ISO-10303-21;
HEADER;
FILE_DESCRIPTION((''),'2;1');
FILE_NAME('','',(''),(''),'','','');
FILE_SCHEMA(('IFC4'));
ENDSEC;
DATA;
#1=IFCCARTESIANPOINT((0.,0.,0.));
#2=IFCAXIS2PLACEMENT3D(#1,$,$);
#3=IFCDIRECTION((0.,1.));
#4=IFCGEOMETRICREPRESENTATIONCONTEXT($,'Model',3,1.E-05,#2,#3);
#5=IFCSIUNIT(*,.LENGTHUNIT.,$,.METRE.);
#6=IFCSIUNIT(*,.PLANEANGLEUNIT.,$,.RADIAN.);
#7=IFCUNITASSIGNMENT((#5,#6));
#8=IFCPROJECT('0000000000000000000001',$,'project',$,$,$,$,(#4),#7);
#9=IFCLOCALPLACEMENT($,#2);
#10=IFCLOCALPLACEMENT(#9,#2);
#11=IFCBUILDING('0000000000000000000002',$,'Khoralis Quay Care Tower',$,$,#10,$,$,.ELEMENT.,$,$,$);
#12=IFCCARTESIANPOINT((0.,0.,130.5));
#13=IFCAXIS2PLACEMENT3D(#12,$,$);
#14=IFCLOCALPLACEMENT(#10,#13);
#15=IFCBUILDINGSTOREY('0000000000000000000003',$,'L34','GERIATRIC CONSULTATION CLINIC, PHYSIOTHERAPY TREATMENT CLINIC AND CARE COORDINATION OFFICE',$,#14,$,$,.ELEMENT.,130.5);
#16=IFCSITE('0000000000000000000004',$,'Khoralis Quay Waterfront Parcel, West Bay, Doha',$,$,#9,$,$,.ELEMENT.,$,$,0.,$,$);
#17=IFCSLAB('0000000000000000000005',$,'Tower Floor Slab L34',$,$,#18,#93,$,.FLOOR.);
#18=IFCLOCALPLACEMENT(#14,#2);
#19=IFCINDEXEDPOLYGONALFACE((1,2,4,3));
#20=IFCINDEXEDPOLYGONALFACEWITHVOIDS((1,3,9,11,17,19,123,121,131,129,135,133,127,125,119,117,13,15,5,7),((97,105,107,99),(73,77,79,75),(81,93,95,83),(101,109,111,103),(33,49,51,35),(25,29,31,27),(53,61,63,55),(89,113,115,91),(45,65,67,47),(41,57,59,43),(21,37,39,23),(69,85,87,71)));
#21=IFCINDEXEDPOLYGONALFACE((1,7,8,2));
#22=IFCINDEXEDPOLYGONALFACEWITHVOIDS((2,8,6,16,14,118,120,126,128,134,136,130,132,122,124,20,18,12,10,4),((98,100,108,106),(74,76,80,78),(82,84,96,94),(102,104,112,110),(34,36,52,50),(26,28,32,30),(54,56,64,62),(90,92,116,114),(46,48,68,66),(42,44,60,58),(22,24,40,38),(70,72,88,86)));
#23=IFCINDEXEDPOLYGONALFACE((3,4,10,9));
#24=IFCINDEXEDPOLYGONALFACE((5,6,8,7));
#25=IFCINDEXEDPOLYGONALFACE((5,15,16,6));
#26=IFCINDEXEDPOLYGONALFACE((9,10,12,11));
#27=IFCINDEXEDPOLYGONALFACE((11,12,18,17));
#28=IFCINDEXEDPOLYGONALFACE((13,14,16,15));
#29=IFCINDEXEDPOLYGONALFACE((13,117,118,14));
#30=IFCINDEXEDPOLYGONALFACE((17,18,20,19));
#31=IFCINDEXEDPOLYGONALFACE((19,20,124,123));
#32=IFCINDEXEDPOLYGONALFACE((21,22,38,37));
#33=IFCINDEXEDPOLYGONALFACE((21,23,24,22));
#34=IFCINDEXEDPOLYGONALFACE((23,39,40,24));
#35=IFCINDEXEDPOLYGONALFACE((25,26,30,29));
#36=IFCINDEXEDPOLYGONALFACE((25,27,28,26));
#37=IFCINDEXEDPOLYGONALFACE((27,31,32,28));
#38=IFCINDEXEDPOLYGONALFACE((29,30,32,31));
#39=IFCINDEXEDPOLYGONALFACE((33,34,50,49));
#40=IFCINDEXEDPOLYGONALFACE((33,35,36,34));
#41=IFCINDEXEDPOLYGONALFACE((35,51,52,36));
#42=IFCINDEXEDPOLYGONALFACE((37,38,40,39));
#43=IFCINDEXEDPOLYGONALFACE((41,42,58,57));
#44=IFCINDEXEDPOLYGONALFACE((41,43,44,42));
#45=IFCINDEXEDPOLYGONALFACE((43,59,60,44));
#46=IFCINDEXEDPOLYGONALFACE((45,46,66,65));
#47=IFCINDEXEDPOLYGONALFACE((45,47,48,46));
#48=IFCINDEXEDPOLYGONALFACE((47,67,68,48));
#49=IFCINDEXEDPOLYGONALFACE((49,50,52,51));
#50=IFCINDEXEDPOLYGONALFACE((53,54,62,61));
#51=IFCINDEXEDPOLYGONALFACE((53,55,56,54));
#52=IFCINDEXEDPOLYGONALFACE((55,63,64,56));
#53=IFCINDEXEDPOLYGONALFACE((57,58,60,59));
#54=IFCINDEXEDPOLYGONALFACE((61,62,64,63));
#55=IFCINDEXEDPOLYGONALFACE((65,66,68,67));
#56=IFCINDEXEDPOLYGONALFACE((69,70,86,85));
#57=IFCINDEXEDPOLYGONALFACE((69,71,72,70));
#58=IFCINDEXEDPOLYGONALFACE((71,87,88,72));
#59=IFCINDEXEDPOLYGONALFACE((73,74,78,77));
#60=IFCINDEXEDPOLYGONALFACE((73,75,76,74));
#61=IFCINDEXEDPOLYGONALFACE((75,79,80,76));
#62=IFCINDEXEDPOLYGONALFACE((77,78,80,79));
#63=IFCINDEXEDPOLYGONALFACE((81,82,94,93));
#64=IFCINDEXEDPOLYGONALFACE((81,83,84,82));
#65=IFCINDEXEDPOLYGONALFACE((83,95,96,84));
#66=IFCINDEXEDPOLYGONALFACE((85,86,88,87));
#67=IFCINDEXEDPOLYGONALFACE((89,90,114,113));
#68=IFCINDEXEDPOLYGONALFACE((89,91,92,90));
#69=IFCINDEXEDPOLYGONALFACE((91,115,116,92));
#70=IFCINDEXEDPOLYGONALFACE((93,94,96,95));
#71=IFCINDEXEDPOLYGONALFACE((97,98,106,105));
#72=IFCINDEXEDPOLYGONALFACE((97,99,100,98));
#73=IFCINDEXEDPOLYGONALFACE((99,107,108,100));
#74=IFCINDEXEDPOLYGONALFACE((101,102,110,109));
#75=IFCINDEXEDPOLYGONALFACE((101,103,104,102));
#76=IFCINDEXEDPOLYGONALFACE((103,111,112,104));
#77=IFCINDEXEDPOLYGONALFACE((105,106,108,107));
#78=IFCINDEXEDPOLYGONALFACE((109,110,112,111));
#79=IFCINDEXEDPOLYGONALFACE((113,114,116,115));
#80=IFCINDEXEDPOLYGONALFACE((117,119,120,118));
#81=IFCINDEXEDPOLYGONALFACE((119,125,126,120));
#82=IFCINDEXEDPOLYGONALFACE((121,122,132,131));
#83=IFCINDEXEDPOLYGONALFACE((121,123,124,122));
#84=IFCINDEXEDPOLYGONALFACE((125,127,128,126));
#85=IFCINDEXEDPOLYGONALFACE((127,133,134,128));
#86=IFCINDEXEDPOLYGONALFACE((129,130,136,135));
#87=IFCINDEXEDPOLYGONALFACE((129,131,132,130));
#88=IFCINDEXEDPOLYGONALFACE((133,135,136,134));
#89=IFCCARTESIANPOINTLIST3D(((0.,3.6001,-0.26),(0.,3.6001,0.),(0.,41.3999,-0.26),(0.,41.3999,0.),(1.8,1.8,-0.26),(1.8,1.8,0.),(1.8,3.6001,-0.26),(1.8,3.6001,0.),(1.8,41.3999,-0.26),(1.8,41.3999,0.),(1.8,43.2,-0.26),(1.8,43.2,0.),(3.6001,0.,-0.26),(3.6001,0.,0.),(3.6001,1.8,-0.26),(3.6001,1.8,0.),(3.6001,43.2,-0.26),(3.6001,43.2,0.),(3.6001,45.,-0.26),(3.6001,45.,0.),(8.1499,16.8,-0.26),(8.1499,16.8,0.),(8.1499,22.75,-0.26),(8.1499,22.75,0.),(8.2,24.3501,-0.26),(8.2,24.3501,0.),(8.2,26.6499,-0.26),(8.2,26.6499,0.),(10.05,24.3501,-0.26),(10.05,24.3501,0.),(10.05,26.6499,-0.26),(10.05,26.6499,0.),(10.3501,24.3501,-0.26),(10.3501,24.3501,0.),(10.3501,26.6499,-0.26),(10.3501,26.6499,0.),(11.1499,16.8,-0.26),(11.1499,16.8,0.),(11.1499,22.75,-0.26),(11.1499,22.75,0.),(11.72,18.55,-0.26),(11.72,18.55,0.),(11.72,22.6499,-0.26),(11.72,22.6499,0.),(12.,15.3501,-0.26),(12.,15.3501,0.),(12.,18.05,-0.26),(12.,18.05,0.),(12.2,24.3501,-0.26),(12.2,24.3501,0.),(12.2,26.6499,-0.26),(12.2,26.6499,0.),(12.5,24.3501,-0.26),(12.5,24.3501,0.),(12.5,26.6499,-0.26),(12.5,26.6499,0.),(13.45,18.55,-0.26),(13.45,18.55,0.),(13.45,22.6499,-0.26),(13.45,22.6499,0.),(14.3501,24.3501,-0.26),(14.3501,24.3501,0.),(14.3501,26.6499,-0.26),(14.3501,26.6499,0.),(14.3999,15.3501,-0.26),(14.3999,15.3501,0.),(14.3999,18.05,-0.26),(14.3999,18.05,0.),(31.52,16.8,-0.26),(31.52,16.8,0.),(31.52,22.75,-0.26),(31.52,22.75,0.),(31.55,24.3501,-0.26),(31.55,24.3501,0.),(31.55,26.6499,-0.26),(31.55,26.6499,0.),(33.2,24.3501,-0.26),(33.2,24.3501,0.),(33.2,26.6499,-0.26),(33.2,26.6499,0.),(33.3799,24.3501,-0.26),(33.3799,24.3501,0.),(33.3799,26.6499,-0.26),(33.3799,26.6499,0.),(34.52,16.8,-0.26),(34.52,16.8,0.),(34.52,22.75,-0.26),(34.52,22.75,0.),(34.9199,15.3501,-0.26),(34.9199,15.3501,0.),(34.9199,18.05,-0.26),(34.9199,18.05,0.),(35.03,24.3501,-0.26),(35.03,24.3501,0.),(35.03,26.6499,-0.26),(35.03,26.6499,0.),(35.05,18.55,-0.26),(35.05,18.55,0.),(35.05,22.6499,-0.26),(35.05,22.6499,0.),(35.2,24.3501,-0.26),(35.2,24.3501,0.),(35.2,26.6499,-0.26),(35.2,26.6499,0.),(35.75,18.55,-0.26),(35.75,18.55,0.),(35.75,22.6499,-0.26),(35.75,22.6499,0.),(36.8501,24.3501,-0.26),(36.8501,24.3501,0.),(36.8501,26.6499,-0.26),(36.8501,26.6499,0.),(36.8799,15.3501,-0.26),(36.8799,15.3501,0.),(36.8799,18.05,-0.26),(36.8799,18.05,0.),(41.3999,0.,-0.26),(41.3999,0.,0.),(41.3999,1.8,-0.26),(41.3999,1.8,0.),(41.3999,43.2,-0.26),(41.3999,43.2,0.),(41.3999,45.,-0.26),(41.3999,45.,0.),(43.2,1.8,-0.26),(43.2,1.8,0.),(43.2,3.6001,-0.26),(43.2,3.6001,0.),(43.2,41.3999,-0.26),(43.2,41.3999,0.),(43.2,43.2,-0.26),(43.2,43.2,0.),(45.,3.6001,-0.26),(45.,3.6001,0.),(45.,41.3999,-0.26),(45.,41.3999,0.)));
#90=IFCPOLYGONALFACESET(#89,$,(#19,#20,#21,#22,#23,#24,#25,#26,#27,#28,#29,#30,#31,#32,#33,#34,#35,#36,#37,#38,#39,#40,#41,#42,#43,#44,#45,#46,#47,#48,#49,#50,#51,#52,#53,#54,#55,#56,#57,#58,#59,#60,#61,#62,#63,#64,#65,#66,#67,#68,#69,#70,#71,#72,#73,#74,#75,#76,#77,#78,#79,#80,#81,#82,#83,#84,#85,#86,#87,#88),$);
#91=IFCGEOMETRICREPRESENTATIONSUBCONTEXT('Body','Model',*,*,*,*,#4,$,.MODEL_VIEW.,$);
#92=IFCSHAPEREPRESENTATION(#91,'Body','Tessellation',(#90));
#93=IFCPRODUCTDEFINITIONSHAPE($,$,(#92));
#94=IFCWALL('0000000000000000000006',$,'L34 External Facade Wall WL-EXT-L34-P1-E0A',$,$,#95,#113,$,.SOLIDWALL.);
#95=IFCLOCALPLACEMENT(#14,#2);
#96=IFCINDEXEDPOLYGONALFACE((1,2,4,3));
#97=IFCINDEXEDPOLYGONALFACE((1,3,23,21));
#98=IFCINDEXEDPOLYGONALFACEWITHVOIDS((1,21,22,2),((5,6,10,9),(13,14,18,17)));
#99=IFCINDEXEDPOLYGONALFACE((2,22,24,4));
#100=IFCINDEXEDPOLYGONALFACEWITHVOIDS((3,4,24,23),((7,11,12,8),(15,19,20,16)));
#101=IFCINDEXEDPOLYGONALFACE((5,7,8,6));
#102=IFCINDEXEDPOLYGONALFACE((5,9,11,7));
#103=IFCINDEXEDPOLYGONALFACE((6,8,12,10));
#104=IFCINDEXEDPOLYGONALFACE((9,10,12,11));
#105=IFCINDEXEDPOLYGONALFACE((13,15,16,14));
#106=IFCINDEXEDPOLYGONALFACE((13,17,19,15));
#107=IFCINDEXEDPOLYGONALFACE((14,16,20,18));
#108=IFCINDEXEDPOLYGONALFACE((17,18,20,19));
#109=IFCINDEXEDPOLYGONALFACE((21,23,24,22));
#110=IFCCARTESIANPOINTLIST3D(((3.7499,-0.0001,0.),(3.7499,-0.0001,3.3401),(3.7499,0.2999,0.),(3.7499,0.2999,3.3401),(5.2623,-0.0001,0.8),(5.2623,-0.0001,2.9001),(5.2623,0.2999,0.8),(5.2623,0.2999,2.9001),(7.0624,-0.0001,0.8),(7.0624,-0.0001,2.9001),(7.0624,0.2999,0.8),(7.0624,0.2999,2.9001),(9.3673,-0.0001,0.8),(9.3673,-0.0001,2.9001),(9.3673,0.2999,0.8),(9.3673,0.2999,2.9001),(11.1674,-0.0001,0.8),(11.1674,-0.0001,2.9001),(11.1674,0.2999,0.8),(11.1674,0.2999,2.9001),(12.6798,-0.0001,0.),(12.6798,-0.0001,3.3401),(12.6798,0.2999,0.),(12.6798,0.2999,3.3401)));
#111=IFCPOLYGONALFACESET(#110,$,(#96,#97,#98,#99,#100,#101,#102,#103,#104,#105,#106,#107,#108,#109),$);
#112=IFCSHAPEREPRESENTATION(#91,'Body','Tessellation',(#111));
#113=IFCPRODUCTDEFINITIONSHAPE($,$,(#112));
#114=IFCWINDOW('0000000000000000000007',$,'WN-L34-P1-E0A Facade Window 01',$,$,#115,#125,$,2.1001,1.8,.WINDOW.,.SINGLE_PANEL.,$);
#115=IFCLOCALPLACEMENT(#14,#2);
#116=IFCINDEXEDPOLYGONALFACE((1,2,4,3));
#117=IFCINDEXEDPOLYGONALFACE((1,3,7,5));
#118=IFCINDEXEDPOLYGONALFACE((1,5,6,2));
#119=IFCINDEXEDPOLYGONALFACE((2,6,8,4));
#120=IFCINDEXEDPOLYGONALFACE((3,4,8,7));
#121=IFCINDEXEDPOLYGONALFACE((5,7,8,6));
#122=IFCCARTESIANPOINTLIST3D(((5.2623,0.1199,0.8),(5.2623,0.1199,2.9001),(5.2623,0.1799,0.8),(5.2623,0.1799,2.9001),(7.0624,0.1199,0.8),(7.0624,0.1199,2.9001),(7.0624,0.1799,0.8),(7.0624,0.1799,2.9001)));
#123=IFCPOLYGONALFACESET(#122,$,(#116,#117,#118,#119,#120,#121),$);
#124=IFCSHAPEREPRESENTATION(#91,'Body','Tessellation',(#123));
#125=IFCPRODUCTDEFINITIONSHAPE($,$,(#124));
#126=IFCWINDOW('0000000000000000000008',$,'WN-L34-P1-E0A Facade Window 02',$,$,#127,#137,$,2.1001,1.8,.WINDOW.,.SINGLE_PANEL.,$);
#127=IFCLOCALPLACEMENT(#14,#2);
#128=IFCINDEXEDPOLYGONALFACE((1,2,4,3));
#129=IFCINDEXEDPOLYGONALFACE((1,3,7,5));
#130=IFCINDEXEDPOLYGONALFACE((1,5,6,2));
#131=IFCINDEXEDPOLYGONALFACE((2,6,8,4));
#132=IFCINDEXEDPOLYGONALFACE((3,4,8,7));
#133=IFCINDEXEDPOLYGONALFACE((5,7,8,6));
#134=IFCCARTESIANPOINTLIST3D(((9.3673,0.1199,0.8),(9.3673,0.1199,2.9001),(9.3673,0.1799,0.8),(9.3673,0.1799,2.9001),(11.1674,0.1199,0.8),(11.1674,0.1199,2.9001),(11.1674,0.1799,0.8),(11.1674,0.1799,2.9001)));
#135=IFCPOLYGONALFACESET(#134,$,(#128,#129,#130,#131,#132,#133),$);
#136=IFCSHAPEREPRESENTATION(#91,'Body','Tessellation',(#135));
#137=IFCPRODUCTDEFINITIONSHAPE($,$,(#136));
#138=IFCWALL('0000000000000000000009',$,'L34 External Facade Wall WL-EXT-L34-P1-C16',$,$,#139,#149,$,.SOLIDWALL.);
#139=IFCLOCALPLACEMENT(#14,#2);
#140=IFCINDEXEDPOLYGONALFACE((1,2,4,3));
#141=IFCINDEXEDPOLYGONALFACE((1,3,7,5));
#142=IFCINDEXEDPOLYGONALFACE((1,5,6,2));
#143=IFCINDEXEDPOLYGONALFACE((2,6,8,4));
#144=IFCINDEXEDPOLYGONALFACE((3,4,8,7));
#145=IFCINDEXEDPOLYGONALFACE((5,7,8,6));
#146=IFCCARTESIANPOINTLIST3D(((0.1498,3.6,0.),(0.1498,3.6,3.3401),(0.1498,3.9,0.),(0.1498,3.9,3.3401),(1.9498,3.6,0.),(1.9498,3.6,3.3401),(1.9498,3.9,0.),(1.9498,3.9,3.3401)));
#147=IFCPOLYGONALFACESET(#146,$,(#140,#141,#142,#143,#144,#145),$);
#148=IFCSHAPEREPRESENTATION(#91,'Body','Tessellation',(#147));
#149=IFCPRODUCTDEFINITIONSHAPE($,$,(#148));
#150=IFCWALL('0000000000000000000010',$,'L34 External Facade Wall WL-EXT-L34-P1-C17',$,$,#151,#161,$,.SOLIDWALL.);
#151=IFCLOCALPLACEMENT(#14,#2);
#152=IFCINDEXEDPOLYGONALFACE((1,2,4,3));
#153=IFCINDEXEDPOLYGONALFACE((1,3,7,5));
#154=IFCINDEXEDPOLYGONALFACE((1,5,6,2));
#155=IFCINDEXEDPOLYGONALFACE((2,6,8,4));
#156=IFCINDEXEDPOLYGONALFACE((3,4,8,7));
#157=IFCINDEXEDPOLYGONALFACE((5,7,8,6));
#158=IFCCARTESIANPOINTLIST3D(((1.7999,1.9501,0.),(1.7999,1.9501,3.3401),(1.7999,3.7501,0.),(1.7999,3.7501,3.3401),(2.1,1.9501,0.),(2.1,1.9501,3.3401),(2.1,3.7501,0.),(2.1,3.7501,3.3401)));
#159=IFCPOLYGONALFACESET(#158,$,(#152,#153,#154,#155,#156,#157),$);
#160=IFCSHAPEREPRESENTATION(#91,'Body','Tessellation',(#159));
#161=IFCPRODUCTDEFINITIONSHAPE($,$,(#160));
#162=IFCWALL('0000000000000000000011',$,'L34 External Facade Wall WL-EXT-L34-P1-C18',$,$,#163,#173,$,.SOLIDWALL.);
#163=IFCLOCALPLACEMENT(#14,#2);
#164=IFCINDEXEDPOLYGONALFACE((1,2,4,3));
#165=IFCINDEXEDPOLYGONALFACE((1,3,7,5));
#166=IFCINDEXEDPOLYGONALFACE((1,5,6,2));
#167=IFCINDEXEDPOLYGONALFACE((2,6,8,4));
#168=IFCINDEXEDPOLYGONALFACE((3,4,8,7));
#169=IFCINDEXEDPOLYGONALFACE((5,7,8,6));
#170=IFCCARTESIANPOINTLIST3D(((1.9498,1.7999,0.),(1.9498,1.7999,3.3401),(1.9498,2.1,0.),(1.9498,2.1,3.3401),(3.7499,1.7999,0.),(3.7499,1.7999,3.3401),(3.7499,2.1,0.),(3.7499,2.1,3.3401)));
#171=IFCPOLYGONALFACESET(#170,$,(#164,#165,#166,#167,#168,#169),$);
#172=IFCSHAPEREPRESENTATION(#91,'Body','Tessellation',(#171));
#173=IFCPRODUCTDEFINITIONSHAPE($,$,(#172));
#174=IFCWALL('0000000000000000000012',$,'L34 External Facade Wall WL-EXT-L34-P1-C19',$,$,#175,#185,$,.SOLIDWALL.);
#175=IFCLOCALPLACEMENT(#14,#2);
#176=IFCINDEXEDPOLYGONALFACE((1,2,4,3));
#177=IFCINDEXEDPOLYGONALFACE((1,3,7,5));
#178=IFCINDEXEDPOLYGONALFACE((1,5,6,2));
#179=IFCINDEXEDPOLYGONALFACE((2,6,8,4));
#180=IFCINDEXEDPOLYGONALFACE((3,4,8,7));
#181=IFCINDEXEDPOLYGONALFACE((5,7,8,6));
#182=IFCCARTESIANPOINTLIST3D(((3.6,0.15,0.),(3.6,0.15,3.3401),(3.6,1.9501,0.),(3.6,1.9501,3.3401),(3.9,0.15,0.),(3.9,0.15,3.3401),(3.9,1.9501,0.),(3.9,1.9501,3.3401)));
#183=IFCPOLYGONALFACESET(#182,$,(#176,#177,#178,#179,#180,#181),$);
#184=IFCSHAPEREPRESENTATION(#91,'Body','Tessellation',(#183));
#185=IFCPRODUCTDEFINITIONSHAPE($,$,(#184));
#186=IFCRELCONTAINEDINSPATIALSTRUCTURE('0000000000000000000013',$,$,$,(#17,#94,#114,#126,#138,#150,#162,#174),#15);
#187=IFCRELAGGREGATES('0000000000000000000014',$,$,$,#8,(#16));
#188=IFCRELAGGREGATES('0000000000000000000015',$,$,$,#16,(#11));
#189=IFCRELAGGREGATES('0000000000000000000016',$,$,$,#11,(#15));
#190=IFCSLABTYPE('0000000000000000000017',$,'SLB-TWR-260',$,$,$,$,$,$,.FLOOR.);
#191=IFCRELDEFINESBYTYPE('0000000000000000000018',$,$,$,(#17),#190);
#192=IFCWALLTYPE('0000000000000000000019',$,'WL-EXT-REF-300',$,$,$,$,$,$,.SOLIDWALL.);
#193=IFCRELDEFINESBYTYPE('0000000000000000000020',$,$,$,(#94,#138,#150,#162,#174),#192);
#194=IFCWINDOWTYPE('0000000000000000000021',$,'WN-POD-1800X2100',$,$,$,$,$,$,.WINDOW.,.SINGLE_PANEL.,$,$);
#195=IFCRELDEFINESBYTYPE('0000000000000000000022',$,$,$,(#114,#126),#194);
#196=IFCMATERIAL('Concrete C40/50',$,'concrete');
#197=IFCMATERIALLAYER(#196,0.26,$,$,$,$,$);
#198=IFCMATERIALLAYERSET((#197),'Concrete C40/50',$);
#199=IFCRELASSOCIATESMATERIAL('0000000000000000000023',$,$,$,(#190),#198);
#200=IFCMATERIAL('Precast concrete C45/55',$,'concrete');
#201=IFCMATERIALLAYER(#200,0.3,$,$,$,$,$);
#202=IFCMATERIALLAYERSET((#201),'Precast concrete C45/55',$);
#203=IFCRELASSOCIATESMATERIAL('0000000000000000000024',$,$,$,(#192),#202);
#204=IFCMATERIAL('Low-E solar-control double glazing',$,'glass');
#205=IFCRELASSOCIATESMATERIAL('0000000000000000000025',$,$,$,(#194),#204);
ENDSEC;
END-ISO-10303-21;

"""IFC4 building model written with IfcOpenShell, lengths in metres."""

from ifc_helpers import new_model, si_unit, direction, frame, frame_2d, origin, place, context, subcontext, project, spatial, polyline, rectangle, outline, extrude, source, transform, mapped, material, layer, layer_set, type_object, element, fill, save


model = new_model("IFC4")

# Units and contexts
model_context = context("Model", 3, precision=1e-05, world=origin(), true_north=direction((0.0, 1.0)))
body_context = subcontext(model_context, "Body", "Model", "MODEL_VIEW")
ifc_project = project(units=[si_unit("LENGTHUNIT", "METRE"), si_unit("PLANEANGLEUNIT", "RADIAN")], contexts=[model_context])

# Site, building, storey
site_placement = place(None, origin())
site = spatial("IfcSite", under=ifc_project, at=site_placement, Name="Khoralis Quay Waterfront Parcel, West Bay, Doha", CompositionType="ELEMENT", RefElevation=0.0)
building_placement = place(site_placement, origin())
building = spatial("IfcBuilding", under=site, at=building_placement, Name="Khoralis Quay Care Tower", CompositionType="ELEMENT")
storey_placement = place(building_placement, frame((0.0, 0.0, 130.5)))
storey = spatial("IfcBuildingStorey", under=building, at=storey_placement, Name="L34", Description="GERIATRIC CONSULTATION CLINIC, PHYSIOTHERAPY TREATMENT CLINIC AND CARE COORDINATION OFFICE", CompositionType="ELEMENT", Elevation=130.5)

# Shared definitions
ifc_material_1 = material(Name="Precast concrete C45/55", Category="concrete")

# Slab
ifc_material_2 = material(Name="Concrete C40/50", Category="concrete")
ifc_layer_1 = layer(ifc_material_2, 0.26)
ifc_layer_set_1 = layer_set([ifc_layer_1], Name="Concrete C40/50")
slab_type_1 = type_object("IfcSlabType", Name="SLB-TWR-260", PredefinedType="FLOOR", material=ifc_layer_set_1)
slab_1_placement = place(storey_placement, frame((0.0, 0.0, -0.26)))
element("IfcSlab", 1, at=slab_1_placement, inside=storey, type_object=slab_type_1, Name="Tower Floor Slab L34", PredefinedType="FLOOR", context=body_context, shape_type="SweptSolid", body=[
    extrude(outline(polyline([(3.6001, 0.0), (41.3999, 0.0), (41.3999, 1.8), (43.2, 1.8), (43.2, 3.6001), (45.0, 3.6001), (45.0, 41.3999), (43.2, 41.3999), (43.2, 43.2), (41.3999, 43.2), (41.3999, 45.0), (3.6001, 45.0), (3.6001, 43.2), (1.8, 43.2), (1.8, 41.3999), (0.0, 41.3999), (0.0, 3.6001), (1.8, 3.6001), (1.8, 1.8), (3.6001, 1.8), (3.6001, 0.0)]), holes=[polyline([(11.1499, 16.8), (11.1499, 22.75), (8.1499, 22.75), (8.1499, 16.8), (11.1499, 16.8)]), polyline([(34.52, 16.8), (34.52, 22.75), (31.52, 22.75), (31.52, 16.8), (34.52, 16.8)]), polyline([(12.0, 15.3501), (14.3999, 15.3501), (14.3999, 18.05), (12.0, 18.05), (12.0, 15.3501)]), polyline([(34.9199, 15.3501), (36.8799, 15.3501), (36.8799, 18.05), (34.9199, 18.05), (34.9199, 15.3501)]), polyline([(8.2, 24.3501), (10.05, 24.3501), (10.05, 26.6499), (8.2, 26.6499), (8.2, 24.3501)]), polyline([(31.55, 24.3501), (33.2, 24.3501), (33.2, 26.6499), (31.55, 26.6499), (31.55, 24.3501)]), polyline([(10.3501, 24.3501), (12.2, 24.3501), (12.2, 26.6499), (10.3501, 26.6499), (10.3501, 24.3501)]), polyline([(33.3799, 24.3501), (35.03, 24.3501), (35.03, 26.6499), (33.3799, 26.6499), (33.3799, 24.3501)]), polyline([(12.5, 24.3501), (14.3501, 24.3501), (14.3501, 26.6499), (12.5, 26.6499), (12.5, 24.3501)]), polyline([(35.2, 24.3501), (36.8501, 24.3501), (36.8501, 26.6499), (35.2, 26.6499), (35.2, 24.3501)]), polyline([(11.72, 18.55), (13.45, 18.55), (13.45, 22.6499), (11.72, 22.6499), (11.72, 18.55)]), polyline([(35.05, 18.55), (35.75, 18.55), (35.75, 22.6499), (35.05, 22.6499), (35.05, 18.55)])]), origin(), (0.0, 0.0, 1.0), 0.26),
])

# Wall, openings, windows
ifc_layer_2 = layer(ifc_material_1, 0.3)
ifc_layer_set_2 = layer_set([ifc_layer_2], Name="Precast concrete C45/55")
wall_type_1 = type_object("IfcWallType", Name="WL-EXT-REF-300", PredefinedType="SOLIDWALL", material=ifc_layer_set_2)
wall_1_placement = place(storey_placement, frame((3.75, 0.1499, 0.0), z_axis=(0.0, 0.0, 1.0), x_axis=(1.0, 0.0, 0.0)))
wall_1 = element("IfcWall", 2, at=wall_1_placement, inside=storey, type_object=wall_type_1, Name="L34 External Facade Wall WL-EXT-L34-P1-E0A", PredefinedType="SOLIDWALL", context=body_context, shape_type="SweptSolid", body=[
    extrude(rectangle(XDim=8.9299, YDim=0.3, at=frame_2d((4.4648, 0.0))), origin(), (0.0, 0.0, 1.0), 3.3401),
])
opening_1_placement = place(wall_1_placement, frame((1.5125, 0.0, 0.8)))
opening_1 = element("IfcOpeningElement", 3, at=opening_1_placement, cuts=wall_1, PredefinedType="OPENING", context=body_context, shape_type="SweptSolid", body=[
    extrude(rectangle(XDim=1.8, YDim=2.1001, at=frame_2d((0.8999, 1.05))), frame((0.0, 0.1602, 0.0), z_axis=(0.0, -1.0, 0.0), x_axis=(1.0, 0.0, 0.0)), (0.0, 0.0, 1.0), 0.3201),
])
opening_2_placement = place(wall_1_placement, frame((5.6174, 0.0, 0.8)))
opening_2 = element("IfcOpeningElement", 4, at=opening_2_placement, cuts=wall_1, PredefinedType="OPENING", context=body_context, shape_type="SweptSolid", body=[
    extrude(rectangle(XDim=1.8, YDim=2.1001, at=frame_2d((0.8999, 1.05))), frame((0.0, 0.1602, 0.0), z_axis=(0.0, -1.0, 0.0), x_axis=(1.0, 0.0, 0.0)), (0.0, 0.0, 1.0), 0.3201),
])
ifc_material_3 = material(Name="Low-E solar-control double glazing", Category="glass")
window_type = type_object("IfcWindowType", Name="WN-POD-1800X2100", PartitioningType="SINGLE_PANEL", PredefinedType="WINDOW", material=ifc_material_3)
shared_shape_1 = source(origin(), body_context, "Body", "SweptSolid", [
    extrude(rectangle(XDim=1.8, YDim=2.1001, at=frame_2d((0.8999, 1.05))), frame((0.0, 0.03, 0.0), z_axis=(0.0, -1.0, 0.0), x_axis=(1.0, 0.0, 0.0)), (0.0, 0.0, 1.0), 0.0601),
])
window_1_placement = place(opening_1_placement, origin())
window_1 = element("IfcWindow", 5, at=window_1_placement, inside=storey, type_object=window_type, Name="WN-L34-P1-E0A Facade Window 01", OverallHeight=2.1001, OverallWidth=1.8, PartitioningType="SINGLE_PANEL", PredefinedType="WINDOW", context=body_context, shape_type="MappedRepresentation", body=[
    mapped(shared_shape_1, transform((0.0, 0.0, 0.0), scale=1.0)),
])
fill(opening_1, window_1)
window_2_placement = place(opening_2_placement, origin())
window_2 = element("IfcWindow", 6, at=window_2_placement, inside=storey, type_object=window_type, Name="WN-L34-P1-E0A Facade Window 02", OverallHeight=2.1001, OverallWidth=1.8, PartitioningType="SINGLE_PANEL", PredefinedType="WINDOW", context=body_context, shape_type="MappedRepresentation", body=[
    mapped(shared_shape_1, transform((0.0, 0.0, 0.0), scale=1.0)),
])
fill(opening_2, window_2)

# Walls
for number, where, z_axis, x_axis, name in (
    (7, (0.1499, 3.75, 0.0), (0.0, 0.0, 1.0), (1.0, 0.0, 0.0), "L34 External Facade Wall WL-EXT-L34-P1-C16"),
    (8, (1.95, 3.75, 0.0), (0.0, 0.0, 1.0), (0.0, -1.0, 0.0), "L34 External Facade Wall WL-EXT-L34-P1-C17"),
    (9, (1.95, 1.95, 0.0), (0.0, 0.0, 1.0), (1.0, 0.0, 0.0), "L34 External Facade Wall WL-EXT-L34-P1-C18"),
    (10, (3.75, 1.95, 0.0), (0.0, 0.0, 1.0), (0.0, -1.0, 0.0), "L34 External Facade Wall WL-EXT-L34-P1-C19"),
):
    element("IfcWall", number, at=place(storey_placement, frame(where, z_axis=z_axis, x_axis=x_axis)), inside=storey, type_object=wall_type_1, Name=name, PredefinedType="SOLIDWALL", context=body_context, shape_type="SweptSolid", body=[
        extrude(rectangle(XDim=1.8, YDim=0.3, at=frame_2d((0.8999, 0.0))), origin(), (0.0, 0.0, 1.0), 3.3401),
    ])

save(model, "model.ifc")
